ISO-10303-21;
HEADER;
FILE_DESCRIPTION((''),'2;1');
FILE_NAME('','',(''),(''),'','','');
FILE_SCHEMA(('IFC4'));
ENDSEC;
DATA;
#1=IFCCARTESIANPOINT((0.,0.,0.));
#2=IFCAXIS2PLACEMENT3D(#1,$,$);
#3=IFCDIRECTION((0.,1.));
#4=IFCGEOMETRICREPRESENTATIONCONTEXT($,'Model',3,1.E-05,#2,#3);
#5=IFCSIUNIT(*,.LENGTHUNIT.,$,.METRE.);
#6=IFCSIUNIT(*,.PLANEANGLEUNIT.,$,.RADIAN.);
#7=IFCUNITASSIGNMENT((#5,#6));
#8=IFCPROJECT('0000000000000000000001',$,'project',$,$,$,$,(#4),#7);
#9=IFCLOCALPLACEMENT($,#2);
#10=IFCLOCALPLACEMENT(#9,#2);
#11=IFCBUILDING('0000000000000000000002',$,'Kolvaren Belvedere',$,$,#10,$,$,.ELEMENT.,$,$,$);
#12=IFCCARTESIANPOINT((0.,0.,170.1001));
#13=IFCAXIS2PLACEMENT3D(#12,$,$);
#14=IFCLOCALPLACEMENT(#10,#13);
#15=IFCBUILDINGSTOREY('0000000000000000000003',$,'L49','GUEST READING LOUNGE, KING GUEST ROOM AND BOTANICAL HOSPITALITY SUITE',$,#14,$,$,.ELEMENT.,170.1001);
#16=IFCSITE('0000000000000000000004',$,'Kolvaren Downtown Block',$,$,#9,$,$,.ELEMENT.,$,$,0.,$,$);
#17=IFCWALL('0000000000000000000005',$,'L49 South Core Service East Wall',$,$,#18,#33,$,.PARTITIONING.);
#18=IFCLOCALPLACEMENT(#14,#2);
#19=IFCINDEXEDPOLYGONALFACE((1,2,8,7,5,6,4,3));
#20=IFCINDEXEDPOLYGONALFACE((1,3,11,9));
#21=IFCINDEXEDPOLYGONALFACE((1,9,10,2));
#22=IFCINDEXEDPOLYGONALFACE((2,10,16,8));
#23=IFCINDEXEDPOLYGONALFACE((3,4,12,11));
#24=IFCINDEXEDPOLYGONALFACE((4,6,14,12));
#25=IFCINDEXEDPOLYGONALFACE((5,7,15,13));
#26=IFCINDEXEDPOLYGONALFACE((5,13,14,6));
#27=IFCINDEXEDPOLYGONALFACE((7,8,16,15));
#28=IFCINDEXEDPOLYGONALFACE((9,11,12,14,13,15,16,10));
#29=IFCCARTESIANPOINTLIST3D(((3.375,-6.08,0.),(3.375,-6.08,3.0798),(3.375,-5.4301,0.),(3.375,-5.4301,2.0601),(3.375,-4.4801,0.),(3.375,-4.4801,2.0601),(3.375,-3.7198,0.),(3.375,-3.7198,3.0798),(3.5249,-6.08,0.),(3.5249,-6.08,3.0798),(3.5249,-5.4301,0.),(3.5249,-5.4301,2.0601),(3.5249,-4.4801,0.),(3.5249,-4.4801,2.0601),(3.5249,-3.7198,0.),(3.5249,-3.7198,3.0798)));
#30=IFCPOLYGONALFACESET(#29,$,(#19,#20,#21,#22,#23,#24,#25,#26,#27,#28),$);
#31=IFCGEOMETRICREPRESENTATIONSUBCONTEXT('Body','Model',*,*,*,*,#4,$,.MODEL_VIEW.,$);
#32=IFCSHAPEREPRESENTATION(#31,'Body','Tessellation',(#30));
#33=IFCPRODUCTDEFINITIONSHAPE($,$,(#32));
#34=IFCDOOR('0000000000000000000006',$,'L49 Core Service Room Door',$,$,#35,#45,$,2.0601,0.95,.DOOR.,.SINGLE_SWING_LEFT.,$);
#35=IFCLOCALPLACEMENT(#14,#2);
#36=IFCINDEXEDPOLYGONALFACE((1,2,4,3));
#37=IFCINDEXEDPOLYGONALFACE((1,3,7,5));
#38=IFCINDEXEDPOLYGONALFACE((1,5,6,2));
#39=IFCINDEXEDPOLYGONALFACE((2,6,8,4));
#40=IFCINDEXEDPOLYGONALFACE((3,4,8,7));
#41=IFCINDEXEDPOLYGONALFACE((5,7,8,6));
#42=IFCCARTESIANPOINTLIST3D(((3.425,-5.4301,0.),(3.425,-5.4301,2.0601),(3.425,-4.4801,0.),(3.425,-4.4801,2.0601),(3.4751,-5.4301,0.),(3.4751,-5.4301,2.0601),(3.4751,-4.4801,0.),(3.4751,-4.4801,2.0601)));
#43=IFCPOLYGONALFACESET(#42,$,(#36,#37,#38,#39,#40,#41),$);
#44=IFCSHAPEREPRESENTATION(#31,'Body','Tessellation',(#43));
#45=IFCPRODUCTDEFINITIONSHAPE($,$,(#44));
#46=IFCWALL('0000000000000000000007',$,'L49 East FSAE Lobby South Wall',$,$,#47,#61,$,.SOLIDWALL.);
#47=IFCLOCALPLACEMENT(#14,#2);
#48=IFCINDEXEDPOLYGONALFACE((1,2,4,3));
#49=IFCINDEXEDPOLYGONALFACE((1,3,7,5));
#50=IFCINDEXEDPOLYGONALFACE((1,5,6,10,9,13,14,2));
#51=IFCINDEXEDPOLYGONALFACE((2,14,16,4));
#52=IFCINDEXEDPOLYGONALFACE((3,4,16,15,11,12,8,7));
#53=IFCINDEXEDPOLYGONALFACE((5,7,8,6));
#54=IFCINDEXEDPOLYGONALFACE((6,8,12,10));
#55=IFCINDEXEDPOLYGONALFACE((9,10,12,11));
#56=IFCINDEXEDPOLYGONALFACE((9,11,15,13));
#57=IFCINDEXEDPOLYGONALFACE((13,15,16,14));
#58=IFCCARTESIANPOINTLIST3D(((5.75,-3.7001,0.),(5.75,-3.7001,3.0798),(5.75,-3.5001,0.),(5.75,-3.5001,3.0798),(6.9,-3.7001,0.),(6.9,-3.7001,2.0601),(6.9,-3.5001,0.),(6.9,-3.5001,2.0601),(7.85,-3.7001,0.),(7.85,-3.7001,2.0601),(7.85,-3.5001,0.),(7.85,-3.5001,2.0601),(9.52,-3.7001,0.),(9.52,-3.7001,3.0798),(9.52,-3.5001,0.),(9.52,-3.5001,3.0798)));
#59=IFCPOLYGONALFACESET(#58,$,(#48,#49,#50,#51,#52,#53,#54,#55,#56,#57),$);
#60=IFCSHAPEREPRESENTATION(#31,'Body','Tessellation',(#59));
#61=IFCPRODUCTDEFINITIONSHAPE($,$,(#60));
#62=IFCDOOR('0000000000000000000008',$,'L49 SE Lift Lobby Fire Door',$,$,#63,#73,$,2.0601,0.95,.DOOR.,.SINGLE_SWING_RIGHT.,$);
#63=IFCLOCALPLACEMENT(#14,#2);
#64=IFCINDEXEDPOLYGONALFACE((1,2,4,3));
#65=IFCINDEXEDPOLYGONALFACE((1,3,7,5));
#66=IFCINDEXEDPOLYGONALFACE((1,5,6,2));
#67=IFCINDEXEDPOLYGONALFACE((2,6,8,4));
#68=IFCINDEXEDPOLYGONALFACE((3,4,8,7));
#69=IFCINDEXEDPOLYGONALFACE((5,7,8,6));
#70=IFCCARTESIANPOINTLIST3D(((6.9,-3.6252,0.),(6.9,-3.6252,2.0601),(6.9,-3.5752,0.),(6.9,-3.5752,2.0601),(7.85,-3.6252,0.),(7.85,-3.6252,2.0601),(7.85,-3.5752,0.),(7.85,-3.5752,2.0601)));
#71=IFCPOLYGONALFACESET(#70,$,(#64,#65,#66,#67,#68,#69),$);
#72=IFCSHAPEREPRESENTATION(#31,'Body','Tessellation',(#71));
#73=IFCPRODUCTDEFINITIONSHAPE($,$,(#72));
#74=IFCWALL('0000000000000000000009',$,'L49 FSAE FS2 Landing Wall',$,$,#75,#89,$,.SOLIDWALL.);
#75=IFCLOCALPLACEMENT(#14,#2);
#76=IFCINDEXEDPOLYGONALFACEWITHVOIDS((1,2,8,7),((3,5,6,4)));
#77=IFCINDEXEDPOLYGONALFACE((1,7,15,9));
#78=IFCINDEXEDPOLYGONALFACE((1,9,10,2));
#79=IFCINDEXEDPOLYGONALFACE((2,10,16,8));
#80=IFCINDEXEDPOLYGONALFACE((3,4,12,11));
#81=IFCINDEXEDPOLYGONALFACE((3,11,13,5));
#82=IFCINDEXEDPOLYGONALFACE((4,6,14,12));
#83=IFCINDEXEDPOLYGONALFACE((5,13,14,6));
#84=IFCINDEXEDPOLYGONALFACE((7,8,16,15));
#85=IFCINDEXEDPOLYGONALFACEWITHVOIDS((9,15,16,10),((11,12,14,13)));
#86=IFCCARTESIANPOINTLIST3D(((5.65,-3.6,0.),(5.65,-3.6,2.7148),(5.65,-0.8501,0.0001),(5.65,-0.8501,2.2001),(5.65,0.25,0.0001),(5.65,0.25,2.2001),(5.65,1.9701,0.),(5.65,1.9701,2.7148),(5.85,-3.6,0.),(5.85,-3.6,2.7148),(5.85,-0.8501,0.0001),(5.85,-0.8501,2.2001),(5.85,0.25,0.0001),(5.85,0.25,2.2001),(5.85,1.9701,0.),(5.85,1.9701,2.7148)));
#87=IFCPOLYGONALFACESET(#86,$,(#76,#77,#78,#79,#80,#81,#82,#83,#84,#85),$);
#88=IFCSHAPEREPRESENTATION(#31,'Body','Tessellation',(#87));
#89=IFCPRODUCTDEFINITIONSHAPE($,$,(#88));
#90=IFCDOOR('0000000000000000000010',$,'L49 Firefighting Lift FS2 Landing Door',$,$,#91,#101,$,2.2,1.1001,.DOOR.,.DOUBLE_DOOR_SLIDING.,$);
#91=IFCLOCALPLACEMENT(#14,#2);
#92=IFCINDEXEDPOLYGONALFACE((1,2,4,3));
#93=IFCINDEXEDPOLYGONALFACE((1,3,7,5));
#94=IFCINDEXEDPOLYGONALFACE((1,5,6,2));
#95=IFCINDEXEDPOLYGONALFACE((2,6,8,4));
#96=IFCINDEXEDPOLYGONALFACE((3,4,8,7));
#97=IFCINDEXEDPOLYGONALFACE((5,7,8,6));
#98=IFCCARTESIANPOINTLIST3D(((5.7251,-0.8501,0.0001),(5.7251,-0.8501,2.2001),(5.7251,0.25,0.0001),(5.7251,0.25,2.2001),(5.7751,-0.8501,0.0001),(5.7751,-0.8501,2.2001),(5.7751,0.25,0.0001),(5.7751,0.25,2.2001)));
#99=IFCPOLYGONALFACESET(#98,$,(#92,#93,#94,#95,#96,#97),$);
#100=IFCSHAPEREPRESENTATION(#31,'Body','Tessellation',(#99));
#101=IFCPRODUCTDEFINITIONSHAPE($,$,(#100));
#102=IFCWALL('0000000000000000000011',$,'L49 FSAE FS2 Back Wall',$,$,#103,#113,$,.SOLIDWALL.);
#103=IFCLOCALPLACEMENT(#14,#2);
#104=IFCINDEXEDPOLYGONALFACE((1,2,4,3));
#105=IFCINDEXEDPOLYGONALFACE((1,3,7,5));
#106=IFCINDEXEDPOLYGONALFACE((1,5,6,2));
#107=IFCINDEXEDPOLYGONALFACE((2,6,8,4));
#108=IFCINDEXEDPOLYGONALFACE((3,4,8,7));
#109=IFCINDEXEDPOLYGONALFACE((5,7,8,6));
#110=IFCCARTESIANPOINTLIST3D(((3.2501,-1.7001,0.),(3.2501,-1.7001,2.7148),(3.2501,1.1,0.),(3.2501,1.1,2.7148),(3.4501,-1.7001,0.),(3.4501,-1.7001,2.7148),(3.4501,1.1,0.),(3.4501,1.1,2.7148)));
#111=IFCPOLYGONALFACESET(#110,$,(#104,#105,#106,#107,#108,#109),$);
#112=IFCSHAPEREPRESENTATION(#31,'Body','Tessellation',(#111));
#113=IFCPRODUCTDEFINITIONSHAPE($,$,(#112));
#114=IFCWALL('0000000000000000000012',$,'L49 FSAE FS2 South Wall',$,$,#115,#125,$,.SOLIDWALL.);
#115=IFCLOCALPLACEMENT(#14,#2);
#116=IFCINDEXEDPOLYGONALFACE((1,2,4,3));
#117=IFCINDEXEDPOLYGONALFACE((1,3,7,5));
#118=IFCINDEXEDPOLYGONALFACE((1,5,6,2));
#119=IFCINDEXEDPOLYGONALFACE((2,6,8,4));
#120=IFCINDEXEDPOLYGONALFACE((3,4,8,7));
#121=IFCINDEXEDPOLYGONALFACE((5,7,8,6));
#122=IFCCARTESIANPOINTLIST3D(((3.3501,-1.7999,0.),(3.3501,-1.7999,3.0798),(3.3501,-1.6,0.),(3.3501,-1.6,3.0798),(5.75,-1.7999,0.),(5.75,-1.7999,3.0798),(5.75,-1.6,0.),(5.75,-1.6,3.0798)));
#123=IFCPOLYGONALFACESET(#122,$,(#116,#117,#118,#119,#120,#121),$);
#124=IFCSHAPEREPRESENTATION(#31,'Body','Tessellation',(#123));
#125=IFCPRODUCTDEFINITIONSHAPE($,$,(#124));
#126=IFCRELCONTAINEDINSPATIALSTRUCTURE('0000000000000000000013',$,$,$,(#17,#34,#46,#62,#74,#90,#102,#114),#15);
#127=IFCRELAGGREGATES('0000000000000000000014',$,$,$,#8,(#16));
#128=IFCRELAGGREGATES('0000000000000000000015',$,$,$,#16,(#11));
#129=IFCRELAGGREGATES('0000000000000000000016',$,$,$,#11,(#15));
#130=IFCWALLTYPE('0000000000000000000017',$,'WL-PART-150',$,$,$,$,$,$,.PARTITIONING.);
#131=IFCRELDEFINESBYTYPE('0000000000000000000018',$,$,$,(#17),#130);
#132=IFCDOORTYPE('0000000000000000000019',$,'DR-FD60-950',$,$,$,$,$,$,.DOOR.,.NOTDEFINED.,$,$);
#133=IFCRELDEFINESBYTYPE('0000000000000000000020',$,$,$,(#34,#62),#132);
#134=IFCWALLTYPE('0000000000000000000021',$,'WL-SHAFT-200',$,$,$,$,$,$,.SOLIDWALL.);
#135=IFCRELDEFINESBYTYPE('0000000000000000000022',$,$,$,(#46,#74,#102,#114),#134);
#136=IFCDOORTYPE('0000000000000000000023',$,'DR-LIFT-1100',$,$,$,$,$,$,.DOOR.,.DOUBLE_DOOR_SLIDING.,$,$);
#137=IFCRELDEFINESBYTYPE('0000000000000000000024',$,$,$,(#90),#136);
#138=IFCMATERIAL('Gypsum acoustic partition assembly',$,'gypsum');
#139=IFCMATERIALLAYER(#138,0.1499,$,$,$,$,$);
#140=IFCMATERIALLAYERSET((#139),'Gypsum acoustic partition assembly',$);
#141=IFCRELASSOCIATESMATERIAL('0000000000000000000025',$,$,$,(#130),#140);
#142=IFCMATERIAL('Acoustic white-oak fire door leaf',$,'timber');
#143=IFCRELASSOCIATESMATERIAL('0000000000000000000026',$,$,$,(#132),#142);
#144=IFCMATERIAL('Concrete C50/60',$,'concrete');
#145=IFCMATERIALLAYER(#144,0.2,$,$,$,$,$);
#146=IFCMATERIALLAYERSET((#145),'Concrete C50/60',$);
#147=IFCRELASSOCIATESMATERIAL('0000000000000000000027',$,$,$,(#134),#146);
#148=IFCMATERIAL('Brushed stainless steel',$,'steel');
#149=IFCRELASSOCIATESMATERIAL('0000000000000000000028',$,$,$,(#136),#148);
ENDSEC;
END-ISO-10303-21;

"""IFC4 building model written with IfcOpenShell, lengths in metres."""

from ifc_helpers import new_model, si_unit, direction, frame, frame_2d, origin, place, context, subcontext, project, spatial, rectangle, extrude, material, layer, layer_set, type_object, element, fill, save


model = new_model("IFC4")

# Units and contexts
model_context = context("Model", 3, precision=1e-05, world=origin(), true_north=direction((0.0, 1.0)))
body_context = subcontext(model_context, "Body", "Model", "MODEL_VIEW")
ifc_project = project(units=[si_unit("LENGTHUNIT", "METRE"), si_unit("PLANEANGLEUNIT", "RADIAN")], contexts=[model_context])

# Site, building, storey
site_placement = place(None, origin())
site = spatial("IfcSite", under=ifc_project, at=site_placement, Name="Kolvaren Downtown Block", CompositionType="ELEMENT", RefElevation=0.0)
building_placement = place(site_placement, origin())
building = spatial("IfcBuilding", under=site, at=building_placement, Name="Kolvaren Belvedere", CompositionType="ELEMENT")
storey_placement = place(building_placement, frame((0.0, 0.0, 170.1001)))
storey = spatial("IfcBuildingStorey", under=building, at=storey_placement, Name="L49", Description="GUEST READING LOUNGE, KING GUEST ROOM AND BOTANICAL HOSPITALITY SUITE", CompositionType="ELEMENT", Elevation=170.1001)

# Walls, openings, doors
ifc_material_1 = material(Name="Gypsum acoustic partition assembly", Category="gypsum")
ifc_layer_1 = layer(ifc_material_1, 0.1499)
ifc_layer_set_1 = layer_set([ifc_layer_1], Name="Gypsum acoustic partition assembly")
wall_type_1 = type_object("IfcWallType", Name="WL-PART-150", PredefinedType="PARTITIONING", material=ifc_layer_set_1)
wall_1_placement = place(storey_placement, frame((3.45, -6.0801, 0.0), z_axis=(0.0, 0.0, 1.0), x_axis=(0.0, 1.0, 0.0)))
wall_1 = element("IfcWall", 1, at=wall_1_placement, inside=storey, type_object=wall_type_1, Name="L49 South Core Service East Wall", PredefinedType="PARTITIONING", context=body_context, shape_type="SweptSolid", body=[
    extrude(rectangle(XDim=2.3601, YDim=0.1499, at=frame_2d((1.1802, 0.0))), origin(), (0.0, 0.0, 1.0), 3.0798),
])
opening_1_placement = place(wall_1_placement, frame((0.6499, 0.0, 0.0)))
opening_1 = element("IfcOpeningElement", 2, at=opening_1_placement, cuts=wall_1, PredefinedType="OPENING", context=body_context, shape_type="SweptSolid", body=[
    extrude(rectangle(XDim=0.95, YDim=2.0601, at=frame_2d((0.4751, 1.03))), frame((0.0, 0.085, 0.0), z_axis=(0.0, -1.0, 0.0), x_axis=(1.0, 0.0, 0.0)), (0.0, 0.0, 1.0), 0.1699),
])
ifc_material_2 = material(Name="Acoustic white-oak fire door leaf", Category="timber")
door_type_1 = type_object("IfcDoorType", Name="DR-FD60-950", OperationType="NOTDEFINED", PredefinedType="DOOR", material=ifc_material_2)
door_1_placement = place(opening_1_placement, origin())
door_1 = element("IfcDoor", 3, at=door_1_placement, inside=storey, type_object=door_type_1, Name="L49 Core Service Room Door", OperationType="SINGLE_SWING_LEFT", OverallHeight=2.0601, OverallWidth=0.95, PredefinedType="DOOR", context=body_context, shape_type="SweptSolid", body=[
    extrude(rectangle(XDim=0.95, YDim=2.0601, at=frame_2d((0.4751, 1.03))), frame((0.0, 0.0249, 0.0), z_axis=(0.0, -1.0, 0.0), x_axis=(1.0, 0.0, 0.0)), (0.0, 0.0, 1.0), 0.05),
])
fill(opening_1, door_1)
ifc_material_3 = material(Name="Concrete C50/60", Category="concrete")
ifc_layer_2 = layer(ifc_material_3, 0.2)
ifc_layer_set_2 = layer_set([ifc_layer_2], Name="Concrete C50/60")
wall_type_2 = type_object("IfcWallType", Name="WL-SHAFT-200", PredefinedType="SOLIDWALL", material=ifc_layer_set_2)
wall_2_placement = place(storey_placement, frame((5.75, -3.6001, 0.0), z_axis=(0.0, 0.0, 1.0), x_axis=(1.0, 0.0, 0.0)))
wall_2 = element("IfcWall", 4, at=wall_2_placement, inside=storey, type_object=wall_type_2, Name="L49 East FSAE Lobby South Wall", PredefinedType="SOLIDWALL", context=body_context, shape_type="SweptSolid", body=[
    extrude(rectangle(XDim=3.77, YDim=0.2, at=frame_2d((1.885, 0.0))), origin(), (0.0, 0.0, 1.0), 3.0798),
])
opening_2_placement = place(wall_2_placement, frame((1.1499, 0.0, 0.0)))
opening_2 = element("IfcOpeningElement", 5, at=opening_2_placement, cuts=wall_2, PredefinedType="OPENING", context=body_context, shape_type="SweptSolid", body=[
    extrude(rectangle(XDim=0.95, YDim=2.0601, at=frame_2d((0.4751, 1.03))), frame((0.0, 0.1099, 0.0), z_axis=(0.0, -1.0, 0.0), x_axis=(1.0, 0.0, 0.0)), (0.0, 0.0, 1.0), 0.22),
])
door_2_placement = place(opening_2_placement, origin())
door_2 = element("IfcDoor", 6, at=door_2_placement, inside=storey, type_object=door_type_1, Name="L49 SE Lift Lobby Fire Door", OperationType="SINGLE_SWING_RIGHT", OverallHeight=2.0601, OverallWidth=0.95, PredefinedType="DOOR", context=body_context, shape_type="SweptSolid", body=[
    extrude(rectangle(XDim=0.95, YDim=2.0601, at=frame_2d((0.4751, 1.03))), frame((0.0, 0.0249, 0.0), z_axis=(0.0, -1.0, 0.0), x_axis=(1.0, 0.0, 0.0)), (0.0, 0.0, 1.0), 0.05),
])
fill(opening_2, door_2)
wall_3_placement = place(storey_placement, frame((5.75, -3.6001, 0.0), z_axis=(0.0, 0.0, 1.0), x_axis=(0.0, 1.0, 0.0)))
wall_3 = element("IfcWall", 7, at=wall_3_placement, inside=storey, type_object=wall_type_2, Name="L49 FSAE FS2 Landing Wall", PredefinedType="SOLIDWALL", context=body_context, shape_type="SweptSolid", body=[
    extrude(rectangle(XDim=5.5701, YDim=0.2, at=frame_2d((2.7852, 0.0))), origin(), (0.0, 0.0, 1.0), 2.7148),
])
opening_3_placement = place(wall_3_placement, frame((2.75, 0.0, 0.0)))
opening_3 = element("IfcOpeningElement", 8, at=opening_3_placement, cuts=wall_3, PredefinedType="OPENING", context=body_context, shape_type="SweptSolid", body=[
    extrude(rectangle(XDim=1.1001, YDim=2.2, at=frame_2d((0.55, 1.1001))), frame((0.0, 0.1099, 0.0), z_axis=(0.0, -1.0, 0.0), x_axis=(1.0, 0.0, 0.0)), (0.0, 0.0, 1.0), 0.22),
])
ifc_material_4 = material(Name="Brushed stainless steel", Category="steel")
door_type_2 = type_object("IfcDoorType", Name="DR-LIFT-1100", OperationType="DOUBLE_DOOR_SLIDING", PredefinedType="DOOR", material=ifc_material_4)
door_3_placement = place(opening_3_placement, origin())
door_3 = element("IfcDoor", 9, at=door_3_placement, inside=storey, type_object=door_type_2, Name="L49 Firefighting Lift FS2 Landing Door", OperationType="DOUBLE_DOOR_SLIDING", OverallHeight=2.2, OverallWidth=1.1001, PredefinedType="DOOR", context=body_context, shape_type="SweptSolid", body=[
    extrude(rectangle(XDim=1.1001, YDim=2.2, at=frame_2d((0.55, 1.1001))), frame((0.0, 0.0249, 0.0), z_axis=(0.0, -1.0, 0.0), x_axis=(1.0, 0.0, 0.0)), (0.0, 0.0, 1.0), 0.05),
])
fill(opening_3, door_3)

# Walls
wall_4_placement = place(storey_placement, frame((3.3501, -1.7, 0.0), z_axis=(0.0, 0.0, 1.0), x_axis=(0.0, 1.0, 0.0)))
element("IfcWall", 10, at=wall_4_placement, inside=storey, type_object=wall_type_2, Name="L49 FSAE FS2 Back Wall", PredefinedType="SOLIDWALL", context=body_context, shape_type="SweptSolid", body=[
    extrude(rectangle(XDim=2.8, YDim=0.2, at=frame_2d((1.3999, 0.0))), origin(), (0.0, 0.0, 1.0), 2.7148),
])
wall_5_placement = place(storey_placement, frame((3.3501, -1.7, 0.0), z_axis=(0.0, 0.0, 1.0), x_axis=(1.0, 0.0, 0.0)))
element("IfcWall", 11, at=wall_5_placement, inside=storey, type_object=wall_type_2, Name="L49 FSAE FS2 South Wall", PredefinedType="SOLIDWALL", context=body_context, shape_type="SweptSolid", body=[
    extrude(rectangle(XDim=2.3999, YDim=0.2, at=frame_2d((1.2, 0.0))), origin(), (0.0, 0.0, 1.0), 3.0798),
])

save(model, "model.ifc")
